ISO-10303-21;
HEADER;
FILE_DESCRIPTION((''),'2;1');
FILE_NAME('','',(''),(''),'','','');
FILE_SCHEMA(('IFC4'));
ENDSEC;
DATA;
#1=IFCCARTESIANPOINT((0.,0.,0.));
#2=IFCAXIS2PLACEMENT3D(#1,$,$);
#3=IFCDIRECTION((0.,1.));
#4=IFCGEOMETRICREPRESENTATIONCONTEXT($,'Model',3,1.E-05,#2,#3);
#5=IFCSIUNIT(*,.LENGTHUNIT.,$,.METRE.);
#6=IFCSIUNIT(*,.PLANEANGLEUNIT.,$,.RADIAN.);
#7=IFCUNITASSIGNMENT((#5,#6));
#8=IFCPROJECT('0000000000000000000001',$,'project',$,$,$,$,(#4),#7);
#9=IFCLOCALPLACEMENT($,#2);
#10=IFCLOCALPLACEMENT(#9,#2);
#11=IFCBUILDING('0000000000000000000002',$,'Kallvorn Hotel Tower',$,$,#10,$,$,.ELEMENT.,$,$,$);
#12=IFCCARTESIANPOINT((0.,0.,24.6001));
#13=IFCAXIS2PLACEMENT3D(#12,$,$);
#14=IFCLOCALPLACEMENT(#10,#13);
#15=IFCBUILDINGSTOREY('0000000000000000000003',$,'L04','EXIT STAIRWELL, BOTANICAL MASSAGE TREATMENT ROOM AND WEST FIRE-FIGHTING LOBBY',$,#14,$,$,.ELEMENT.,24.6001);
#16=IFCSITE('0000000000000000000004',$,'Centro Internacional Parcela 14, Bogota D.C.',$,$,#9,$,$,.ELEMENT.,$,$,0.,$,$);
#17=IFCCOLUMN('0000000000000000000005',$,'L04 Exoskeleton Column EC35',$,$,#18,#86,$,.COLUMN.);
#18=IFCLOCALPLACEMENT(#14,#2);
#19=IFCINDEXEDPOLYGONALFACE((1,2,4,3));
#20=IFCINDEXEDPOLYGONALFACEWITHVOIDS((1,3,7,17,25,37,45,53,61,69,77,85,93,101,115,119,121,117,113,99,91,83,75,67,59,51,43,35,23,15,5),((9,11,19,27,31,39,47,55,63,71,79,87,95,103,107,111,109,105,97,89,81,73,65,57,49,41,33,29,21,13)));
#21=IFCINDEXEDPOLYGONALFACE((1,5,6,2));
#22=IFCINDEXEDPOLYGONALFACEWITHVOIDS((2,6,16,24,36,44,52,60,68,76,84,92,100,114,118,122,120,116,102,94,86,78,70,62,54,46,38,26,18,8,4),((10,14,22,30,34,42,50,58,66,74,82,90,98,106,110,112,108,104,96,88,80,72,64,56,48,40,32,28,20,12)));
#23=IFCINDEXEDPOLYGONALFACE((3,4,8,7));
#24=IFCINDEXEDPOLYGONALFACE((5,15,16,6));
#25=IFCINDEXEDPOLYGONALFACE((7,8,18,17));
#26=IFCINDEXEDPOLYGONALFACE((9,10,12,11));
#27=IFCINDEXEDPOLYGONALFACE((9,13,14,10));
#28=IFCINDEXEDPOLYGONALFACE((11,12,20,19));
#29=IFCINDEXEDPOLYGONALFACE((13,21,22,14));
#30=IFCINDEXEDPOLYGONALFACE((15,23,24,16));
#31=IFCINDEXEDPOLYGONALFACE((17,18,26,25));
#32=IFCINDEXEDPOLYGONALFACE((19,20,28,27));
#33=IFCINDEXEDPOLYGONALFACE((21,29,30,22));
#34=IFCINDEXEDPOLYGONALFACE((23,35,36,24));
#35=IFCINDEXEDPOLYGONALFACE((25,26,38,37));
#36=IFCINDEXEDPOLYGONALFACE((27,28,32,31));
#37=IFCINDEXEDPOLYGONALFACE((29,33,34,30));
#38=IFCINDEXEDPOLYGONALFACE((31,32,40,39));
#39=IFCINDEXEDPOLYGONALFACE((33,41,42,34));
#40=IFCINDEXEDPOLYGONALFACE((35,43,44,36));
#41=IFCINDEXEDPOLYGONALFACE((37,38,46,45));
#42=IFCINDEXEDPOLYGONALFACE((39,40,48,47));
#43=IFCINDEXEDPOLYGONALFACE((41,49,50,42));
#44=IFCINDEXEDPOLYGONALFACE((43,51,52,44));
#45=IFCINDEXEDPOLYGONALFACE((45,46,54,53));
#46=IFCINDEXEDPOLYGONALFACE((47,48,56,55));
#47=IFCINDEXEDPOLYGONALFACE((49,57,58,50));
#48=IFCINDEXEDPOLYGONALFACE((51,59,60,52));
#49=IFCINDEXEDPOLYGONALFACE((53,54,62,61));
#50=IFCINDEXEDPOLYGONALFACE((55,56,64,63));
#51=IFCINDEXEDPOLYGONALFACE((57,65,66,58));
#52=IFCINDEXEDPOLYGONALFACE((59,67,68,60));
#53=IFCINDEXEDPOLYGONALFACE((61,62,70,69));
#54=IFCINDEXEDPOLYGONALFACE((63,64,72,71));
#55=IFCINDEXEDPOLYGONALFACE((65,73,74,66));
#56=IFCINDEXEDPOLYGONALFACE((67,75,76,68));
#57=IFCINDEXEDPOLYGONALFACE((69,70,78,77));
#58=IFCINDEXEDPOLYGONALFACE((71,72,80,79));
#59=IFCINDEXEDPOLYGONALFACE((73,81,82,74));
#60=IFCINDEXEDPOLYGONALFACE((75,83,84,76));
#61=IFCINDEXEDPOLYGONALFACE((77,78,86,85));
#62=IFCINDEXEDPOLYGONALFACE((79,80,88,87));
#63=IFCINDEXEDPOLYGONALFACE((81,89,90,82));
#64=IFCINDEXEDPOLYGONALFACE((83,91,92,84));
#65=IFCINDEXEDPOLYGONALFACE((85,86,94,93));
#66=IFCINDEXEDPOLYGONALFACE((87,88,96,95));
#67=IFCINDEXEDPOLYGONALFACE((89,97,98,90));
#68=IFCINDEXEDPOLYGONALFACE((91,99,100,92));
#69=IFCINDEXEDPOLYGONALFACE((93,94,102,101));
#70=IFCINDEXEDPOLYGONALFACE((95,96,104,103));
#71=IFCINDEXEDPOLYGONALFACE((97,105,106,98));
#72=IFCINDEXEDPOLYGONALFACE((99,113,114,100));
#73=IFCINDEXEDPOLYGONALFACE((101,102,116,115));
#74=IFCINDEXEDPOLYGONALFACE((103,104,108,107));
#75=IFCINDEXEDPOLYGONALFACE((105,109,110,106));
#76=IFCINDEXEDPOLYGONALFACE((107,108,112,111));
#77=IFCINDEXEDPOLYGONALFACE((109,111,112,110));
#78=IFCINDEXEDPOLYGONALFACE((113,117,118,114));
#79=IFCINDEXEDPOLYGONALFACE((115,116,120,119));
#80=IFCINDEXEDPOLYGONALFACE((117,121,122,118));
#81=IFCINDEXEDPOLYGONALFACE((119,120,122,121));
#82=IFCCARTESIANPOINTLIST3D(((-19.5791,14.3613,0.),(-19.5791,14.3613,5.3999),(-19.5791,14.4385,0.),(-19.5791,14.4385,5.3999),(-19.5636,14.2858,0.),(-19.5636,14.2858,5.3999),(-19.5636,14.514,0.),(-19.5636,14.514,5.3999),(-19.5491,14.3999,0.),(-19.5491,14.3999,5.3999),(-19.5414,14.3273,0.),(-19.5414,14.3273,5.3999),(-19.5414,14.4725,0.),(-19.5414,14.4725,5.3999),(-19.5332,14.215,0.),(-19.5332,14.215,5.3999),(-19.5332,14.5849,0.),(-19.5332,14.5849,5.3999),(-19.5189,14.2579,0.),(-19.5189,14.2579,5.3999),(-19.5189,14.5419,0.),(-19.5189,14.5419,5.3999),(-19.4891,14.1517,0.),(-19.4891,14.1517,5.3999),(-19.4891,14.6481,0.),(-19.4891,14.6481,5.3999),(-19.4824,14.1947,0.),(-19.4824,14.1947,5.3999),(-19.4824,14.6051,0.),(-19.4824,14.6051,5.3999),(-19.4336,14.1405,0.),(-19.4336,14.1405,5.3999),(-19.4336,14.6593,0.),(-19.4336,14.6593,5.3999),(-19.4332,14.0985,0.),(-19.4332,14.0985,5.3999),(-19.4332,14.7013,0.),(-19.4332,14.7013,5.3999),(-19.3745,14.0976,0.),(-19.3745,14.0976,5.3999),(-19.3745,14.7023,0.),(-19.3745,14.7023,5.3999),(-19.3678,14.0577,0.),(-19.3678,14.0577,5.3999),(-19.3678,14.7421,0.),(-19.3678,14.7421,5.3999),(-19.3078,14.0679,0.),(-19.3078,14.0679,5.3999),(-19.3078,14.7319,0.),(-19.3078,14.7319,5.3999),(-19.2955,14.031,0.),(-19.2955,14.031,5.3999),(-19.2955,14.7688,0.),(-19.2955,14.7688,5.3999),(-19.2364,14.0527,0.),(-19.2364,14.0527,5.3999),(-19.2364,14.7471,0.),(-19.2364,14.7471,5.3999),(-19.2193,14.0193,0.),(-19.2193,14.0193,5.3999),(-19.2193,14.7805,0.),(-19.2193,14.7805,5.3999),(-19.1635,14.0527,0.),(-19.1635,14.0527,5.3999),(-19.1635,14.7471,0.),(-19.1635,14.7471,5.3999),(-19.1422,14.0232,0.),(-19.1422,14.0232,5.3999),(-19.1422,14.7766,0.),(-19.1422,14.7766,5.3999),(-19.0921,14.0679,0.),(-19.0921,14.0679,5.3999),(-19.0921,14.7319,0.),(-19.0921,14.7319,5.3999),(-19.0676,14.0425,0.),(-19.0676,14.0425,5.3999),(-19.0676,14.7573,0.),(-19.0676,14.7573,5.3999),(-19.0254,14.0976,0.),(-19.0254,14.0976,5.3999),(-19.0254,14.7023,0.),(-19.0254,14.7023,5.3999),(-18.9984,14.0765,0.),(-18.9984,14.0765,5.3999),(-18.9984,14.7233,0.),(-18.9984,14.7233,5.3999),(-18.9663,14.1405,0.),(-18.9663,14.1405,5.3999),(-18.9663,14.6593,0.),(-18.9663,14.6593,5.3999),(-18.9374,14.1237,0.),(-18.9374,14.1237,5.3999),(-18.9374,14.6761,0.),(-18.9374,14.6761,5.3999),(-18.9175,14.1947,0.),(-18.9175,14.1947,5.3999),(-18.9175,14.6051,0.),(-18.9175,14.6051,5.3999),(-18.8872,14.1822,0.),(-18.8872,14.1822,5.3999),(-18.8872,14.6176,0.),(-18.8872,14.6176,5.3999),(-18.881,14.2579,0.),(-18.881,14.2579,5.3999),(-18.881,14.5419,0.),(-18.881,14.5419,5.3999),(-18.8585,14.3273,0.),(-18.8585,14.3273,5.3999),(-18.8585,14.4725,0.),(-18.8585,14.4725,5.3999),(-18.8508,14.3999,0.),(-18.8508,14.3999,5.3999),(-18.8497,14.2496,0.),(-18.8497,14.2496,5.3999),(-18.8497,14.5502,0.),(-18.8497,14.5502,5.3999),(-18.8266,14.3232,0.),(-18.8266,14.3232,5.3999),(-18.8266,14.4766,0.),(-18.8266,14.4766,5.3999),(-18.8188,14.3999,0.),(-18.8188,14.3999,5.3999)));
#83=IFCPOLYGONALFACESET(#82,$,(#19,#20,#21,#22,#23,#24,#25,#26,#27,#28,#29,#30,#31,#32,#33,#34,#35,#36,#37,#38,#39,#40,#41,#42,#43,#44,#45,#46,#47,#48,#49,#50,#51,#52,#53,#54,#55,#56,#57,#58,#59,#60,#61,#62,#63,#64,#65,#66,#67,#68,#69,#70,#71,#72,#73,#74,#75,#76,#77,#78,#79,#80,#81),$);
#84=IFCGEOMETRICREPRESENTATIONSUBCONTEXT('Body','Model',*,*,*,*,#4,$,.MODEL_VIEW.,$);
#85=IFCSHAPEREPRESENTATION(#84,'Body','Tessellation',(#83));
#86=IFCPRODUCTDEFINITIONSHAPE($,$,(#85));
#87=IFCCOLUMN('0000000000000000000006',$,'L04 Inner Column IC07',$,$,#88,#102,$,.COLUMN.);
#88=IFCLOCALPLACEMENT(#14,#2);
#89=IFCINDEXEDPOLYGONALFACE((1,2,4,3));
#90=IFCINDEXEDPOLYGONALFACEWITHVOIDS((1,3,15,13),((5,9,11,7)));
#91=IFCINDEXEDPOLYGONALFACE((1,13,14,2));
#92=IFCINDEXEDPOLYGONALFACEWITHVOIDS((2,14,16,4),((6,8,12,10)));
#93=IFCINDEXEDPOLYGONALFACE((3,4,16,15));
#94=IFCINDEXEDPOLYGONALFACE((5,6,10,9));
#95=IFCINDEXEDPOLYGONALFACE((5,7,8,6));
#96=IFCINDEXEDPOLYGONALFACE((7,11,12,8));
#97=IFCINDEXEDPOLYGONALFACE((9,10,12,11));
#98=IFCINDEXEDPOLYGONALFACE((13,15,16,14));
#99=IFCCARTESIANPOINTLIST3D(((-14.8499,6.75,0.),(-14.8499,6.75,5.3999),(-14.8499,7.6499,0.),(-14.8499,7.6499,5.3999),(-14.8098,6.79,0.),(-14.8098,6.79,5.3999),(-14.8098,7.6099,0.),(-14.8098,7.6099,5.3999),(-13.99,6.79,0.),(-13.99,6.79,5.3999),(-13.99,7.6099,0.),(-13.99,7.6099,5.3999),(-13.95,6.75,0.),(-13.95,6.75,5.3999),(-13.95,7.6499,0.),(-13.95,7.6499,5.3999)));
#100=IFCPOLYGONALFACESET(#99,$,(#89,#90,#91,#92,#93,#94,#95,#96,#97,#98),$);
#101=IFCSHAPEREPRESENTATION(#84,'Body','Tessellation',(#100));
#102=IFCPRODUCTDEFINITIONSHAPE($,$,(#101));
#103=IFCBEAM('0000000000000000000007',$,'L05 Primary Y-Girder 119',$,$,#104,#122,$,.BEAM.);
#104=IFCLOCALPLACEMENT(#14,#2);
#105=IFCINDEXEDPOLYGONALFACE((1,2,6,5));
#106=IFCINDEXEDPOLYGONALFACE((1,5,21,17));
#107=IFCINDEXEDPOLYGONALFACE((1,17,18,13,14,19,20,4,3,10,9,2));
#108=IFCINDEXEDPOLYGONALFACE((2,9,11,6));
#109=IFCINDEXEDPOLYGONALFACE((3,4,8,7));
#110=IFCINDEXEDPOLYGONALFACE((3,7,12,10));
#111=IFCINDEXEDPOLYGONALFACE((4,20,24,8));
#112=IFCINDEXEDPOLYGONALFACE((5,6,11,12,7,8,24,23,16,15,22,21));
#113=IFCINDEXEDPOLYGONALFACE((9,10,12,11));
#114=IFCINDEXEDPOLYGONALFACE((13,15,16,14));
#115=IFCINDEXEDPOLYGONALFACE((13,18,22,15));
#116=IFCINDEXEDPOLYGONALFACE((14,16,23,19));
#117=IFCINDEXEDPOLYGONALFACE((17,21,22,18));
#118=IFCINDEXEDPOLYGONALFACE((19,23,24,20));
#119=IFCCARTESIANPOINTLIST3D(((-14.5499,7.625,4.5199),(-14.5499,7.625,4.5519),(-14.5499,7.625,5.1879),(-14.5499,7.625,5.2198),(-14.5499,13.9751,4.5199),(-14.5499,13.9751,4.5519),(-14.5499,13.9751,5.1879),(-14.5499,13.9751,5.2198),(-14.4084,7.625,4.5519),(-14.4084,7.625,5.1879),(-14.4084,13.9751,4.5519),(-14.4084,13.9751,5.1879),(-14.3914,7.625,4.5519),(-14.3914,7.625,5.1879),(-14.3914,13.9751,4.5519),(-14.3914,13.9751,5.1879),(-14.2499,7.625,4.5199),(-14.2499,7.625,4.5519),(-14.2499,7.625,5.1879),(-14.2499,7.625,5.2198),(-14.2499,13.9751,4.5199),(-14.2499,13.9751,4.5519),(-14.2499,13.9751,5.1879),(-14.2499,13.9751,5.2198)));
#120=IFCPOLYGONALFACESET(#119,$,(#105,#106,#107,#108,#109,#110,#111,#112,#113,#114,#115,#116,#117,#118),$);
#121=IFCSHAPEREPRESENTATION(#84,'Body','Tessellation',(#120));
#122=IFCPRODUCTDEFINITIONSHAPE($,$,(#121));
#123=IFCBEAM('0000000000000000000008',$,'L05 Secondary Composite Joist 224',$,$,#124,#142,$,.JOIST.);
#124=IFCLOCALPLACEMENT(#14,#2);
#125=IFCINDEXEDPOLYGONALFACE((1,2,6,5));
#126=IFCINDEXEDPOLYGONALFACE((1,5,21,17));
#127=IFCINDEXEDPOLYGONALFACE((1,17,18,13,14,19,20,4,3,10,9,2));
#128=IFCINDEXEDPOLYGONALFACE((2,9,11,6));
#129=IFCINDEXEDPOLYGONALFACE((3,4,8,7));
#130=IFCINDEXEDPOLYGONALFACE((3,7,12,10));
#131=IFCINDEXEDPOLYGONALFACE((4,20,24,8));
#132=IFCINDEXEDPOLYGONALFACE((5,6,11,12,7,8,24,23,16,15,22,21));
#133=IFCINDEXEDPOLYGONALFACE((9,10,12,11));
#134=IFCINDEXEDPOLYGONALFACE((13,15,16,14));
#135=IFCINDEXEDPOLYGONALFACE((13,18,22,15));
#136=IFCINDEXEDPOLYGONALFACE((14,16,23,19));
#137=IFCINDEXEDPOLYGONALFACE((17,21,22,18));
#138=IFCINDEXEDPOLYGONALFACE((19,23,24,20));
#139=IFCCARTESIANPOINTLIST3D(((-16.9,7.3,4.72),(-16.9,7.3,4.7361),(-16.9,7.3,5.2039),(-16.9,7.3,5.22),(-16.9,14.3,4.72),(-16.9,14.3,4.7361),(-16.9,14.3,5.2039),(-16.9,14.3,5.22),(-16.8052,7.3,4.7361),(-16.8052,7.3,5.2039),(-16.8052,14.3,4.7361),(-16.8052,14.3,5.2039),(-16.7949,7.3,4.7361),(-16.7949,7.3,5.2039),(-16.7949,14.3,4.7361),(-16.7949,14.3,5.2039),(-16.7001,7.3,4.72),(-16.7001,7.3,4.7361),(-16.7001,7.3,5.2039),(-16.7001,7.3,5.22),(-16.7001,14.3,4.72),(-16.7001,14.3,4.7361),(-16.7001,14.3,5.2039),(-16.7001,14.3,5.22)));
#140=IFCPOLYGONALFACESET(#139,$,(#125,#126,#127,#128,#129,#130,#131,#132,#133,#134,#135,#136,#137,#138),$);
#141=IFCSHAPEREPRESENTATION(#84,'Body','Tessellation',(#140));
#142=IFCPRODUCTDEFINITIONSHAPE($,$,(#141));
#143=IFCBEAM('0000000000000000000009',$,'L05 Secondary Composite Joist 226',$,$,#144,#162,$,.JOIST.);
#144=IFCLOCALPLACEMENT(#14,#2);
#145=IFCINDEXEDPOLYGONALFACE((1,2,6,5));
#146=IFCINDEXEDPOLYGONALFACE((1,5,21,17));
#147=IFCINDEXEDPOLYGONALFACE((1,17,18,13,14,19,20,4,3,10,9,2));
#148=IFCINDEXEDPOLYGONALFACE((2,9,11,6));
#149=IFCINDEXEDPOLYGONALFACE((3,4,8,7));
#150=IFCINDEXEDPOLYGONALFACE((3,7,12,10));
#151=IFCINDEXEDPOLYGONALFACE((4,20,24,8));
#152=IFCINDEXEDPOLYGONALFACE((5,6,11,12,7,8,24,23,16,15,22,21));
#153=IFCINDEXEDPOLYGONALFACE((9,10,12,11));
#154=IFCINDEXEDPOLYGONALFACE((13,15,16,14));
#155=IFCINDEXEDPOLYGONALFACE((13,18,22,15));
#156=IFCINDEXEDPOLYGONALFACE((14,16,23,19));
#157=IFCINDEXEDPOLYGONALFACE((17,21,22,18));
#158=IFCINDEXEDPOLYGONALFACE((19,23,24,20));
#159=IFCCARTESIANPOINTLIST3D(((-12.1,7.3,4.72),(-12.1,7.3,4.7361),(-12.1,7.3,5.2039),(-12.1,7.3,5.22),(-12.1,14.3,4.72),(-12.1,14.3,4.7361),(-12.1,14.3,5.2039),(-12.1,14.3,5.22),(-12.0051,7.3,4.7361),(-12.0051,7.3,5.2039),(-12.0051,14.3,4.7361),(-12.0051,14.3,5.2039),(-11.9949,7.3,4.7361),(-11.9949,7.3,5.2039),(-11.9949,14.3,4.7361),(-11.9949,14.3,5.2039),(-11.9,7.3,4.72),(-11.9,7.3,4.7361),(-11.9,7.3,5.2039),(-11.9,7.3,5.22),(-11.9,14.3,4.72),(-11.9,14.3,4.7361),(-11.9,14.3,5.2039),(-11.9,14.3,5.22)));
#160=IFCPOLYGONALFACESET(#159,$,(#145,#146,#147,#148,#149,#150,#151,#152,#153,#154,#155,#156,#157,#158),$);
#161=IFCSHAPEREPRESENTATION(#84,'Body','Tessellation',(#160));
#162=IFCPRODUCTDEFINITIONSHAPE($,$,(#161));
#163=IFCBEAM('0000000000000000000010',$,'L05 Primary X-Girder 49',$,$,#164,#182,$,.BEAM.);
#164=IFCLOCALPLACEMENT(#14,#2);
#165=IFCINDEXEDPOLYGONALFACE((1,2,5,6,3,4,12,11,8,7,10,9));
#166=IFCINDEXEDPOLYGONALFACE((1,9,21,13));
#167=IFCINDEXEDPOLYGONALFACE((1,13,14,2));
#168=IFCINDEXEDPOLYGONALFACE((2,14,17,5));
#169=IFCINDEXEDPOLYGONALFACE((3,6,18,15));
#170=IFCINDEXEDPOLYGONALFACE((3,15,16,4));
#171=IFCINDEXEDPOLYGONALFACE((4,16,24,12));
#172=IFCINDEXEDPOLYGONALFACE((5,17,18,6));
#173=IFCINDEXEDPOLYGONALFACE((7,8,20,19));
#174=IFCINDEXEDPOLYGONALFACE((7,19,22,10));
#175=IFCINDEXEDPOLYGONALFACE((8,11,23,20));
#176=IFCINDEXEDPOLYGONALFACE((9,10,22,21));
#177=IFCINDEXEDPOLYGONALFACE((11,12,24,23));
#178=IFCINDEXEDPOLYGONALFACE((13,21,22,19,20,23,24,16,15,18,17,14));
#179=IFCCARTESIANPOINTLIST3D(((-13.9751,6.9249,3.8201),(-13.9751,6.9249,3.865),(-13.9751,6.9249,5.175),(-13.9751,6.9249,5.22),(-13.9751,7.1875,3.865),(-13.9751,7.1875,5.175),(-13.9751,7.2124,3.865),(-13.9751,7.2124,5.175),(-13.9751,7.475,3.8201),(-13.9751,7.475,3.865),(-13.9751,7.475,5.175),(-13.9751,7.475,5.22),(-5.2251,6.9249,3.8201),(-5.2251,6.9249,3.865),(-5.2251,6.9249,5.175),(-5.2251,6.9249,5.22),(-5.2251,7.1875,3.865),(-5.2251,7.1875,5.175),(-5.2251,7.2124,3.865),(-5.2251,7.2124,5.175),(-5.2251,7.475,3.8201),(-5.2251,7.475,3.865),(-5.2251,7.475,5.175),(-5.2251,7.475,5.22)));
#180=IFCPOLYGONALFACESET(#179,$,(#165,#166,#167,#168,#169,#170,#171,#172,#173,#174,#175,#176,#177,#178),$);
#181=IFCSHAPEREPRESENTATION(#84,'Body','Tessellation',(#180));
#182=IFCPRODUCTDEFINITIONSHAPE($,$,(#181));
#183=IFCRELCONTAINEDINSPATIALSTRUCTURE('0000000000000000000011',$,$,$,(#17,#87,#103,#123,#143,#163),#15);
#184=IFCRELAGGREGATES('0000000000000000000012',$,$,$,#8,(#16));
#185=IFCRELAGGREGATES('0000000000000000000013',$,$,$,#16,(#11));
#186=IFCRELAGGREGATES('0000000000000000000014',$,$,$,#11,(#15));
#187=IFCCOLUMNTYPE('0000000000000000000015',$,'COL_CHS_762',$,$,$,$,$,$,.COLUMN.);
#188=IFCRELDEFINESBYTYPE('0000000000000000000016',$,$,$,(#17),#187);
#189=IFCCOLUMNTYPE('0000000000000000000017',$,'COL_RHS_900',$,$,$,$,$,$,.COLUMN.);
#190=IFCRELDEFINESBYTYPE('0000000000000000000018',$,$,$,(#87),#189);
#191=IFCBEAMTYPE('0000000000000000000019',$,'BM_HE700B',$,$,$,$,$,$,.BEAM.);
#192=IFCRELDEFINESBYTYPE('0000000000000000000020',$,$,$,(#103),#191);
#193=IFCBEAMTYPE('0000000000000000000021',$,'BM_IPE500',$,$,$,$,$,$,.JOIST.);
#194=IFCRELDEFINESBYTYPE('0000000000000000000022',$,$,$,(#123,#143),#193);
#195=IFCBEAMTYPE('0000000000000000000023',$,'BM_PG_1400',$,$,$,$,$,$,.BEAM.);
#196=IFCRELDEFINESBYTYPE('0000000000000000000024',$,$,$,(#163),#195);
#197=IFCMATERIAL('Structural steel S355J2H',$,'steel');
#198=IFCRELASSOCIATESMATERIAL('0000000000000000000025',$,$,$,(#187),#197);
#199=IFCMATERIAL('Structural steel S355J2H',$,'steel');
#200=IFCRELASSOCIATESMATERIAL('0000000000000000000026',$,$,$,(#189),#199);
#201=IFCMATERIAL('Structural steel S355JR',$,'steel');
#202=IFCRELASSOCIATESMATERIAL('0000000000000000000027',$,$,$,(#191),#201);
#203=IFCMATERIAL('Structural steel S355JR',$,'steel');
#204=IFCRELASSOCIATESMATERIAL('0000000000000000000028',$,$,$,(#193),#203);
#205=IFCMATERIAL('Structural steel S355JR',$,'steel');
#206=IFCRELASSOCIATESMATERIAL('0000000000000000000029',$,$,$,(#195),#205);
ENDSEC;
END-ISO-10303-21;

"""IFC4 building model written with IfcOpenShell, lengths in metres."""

from ifc_helpers import new_model, si_unit, direction, frame, origin, origin_2d, place, context, subcontext, project, spatial, hollow_rectangle, hollow_circle, i_section, extrude, material, material_profile, profile_set, type_object, element, save


model = new_model("IFC4")

# Units and contexts
model_context = context("Model", 3, precision=1e-05, world=origin(), true_north=direction((0.0, 1.0)))
body_context = subcontext(model_context, "Body", "Model", "MODEL_VIEW")
ifc_project = project(units=[si_unit("LENGTHUNIT", "METRE"), si_unit("PLANEANGLEUNIT", "RADIAN")], contexts=[model_context])

# Site, building, storey
site_placement = place(None, origin())
site = spatial("IfcSite", under=ifc_project, at=site_placement, Name="Centro Internacional Parcela 14, Bogota D.C.", CompositionType="ELEMENT", RefElevation=0.0)
building_placement = place(site_placement, origin())
building = spatial("IfcBuilding", under=site, at=building_placement, Name="Kallvorn Hotel Tower", CompositionType="ELEMENT")
storey_placement = place(building_placement, frame((0.0, 0.0, 24.6001)))
storey = spatial("IfcBuildingStorey", under=building, at=storey_placement, Name="L04", Description="EXIT STAIRWELL, BOTANICAL MASSAGE TREATMENT ROOM AND WEST FIRE-FIGHTING LOBBY", CompositionType="ELEMENT", Elevation=24.6001)

# Columns
ifc_material_1 = material(Name="Structural steel S355J2H", Category="steel")
ifc_material_profile_1 = material_profile(ifc_material_1, hollow_circle(Radius=0.3811, WallThickness=0.032, at=origin_2d()), Name="CHS 762x32")
ifc_profile_set_1 = profile_set([ifc_material_profile_1], Name="Structural steel S355J2H")
column_type_1 = type_object("IfcColumnType", Name="COL_CHS_762", PredefinedType="COLUMN", material=ifc_profile_set_1)
column_1_placement = place(storey_placement, frame((-19.2, 14.3999, 0.0), z_axis=(0.0, 0.0, 1.0), x_axis=(1.0, 0.0, 0.0)))
element("IfcColumn", 1, at=column_1_placement, inside=storey, type_object=column_type_1, Name="L04 Exoskeleton Column EC35", PredefinedType="COLUMN", context=body_context, shape_type="SweptSolid", body=[
    extrude(hollow_circle(Radius=0.3811, WallThickness=0.032, at=origin_2d()), origin(), (0.0, 0.0, 1.0), 5.3999),
])
ifc_material_2 = material(Name="Structural steel S355J2H", Category="steel")
ifc_material_profile_2 = material_profile(ifc_material_2, hollow_rectangle(XDim=0.8999, YDim=0.8999, WallThickness=0.04, at=origin_2d()), Name="RHS 900x900x40")
ifc_profile_set_2 = profile_set([ifc_material_profile_2], Name="Structural steel S355J2H")
column_type_2 = type_object("IfcColumnType", Name="COL_RHS_900", PredefinedType="COLUMN", material=ifc_profile_set_2)
column_2_placement = place(storey_placement, frame((-14.3999, 7.2, 0.0), z_axis=(0.0, 0.0, 1.0), x_axis=(1.0, 0.0, 0.0)))
element("IfcColumn", 2, at=column_2_placement, inside=storey, type_object=column_type_2, Name="L04 Inner Column IC07", PredefinedType="COLUMN", context=body_context, shape_type="SweptSolid", body=[
    extrude(hollow_rectangle(XDim=0.8999, YDim=0.8999, WallThickness=0.04, at=origin_2d()), origin(), (0.0, 0.0, 1.0), 5.3999),
])

# Beams
ifc_material_3 = material(Name="Structural steel S355JR", Category="steel")
ifc_material_profile_3 = material_profile(ifc_material_3, i_section(OverallWidth=0.3, OverallDepth=0.7, WebThickness=0.0171, FlangeThickness=0.032, at=origin_2d()), Name="HE 700 B")
ifc_profile_set_3 = profile_set([ifc_material_profile_3], Name="Structural steel S355JR")
beam_type_1 = type_object("IfcBeamType", Name="BM_HE700B", PredefinedType="BEAM", material=ifc_profile_set_3)
beam_1_placement = place(storey_placement, frame((-14.3999, 7.625, 4.8699), z_axis=(0.0, 1.0, 0.0), x_axis=(-1.0, 0.0, 0.0)))
element("IfcBeam", 3, at=beam_1_placement, inside=storey, type_object=beam_type_1, Name="L05 Primary Y-Girder 119", PredefinedType="BEAM", context=body_context, shape_type="SweptSolid", body=[
    extrude(i_section(OverallWidth=0.3, OverallDepth=0.7, WebThickness=0.0171, FlangeThickness=0.032, at=origin_2d()), origin(), (0.0, 0.0, 1.0), 6.3501),
])
ifc_material_4 = material(Name="Structural steel S355JR", Category="steel")
ifc_material_profile_4 = material_profile(ifc_material_4, i_section(OverallWidth=0.2, OverallDepth=0.5, WebThickness=0.0103, FlangeThickness=0.0161, at=origin_2d()), Name="IPE 500")
ifc_profile_set_4 = profile_set([ifc_material_profile_4], Name="Structural steel S355JR")
beam_type_2 = type_object("IfcBeamType", Name="BM_IPE500", PredefinedType="JOIST", material=ifc_profile_set_4)
for number, where, z_axis, x_axis, name in (
    (4, (-16.8, 7.3, 4.97), (0.0, 1.0, 0.0), (-1.0, 0.0, 0.0), "L05 Secondary Composite Joist 224"),
    (5, (-12.0, 7.3, 4.97), (0.0, 1.0, 0.0), (-1.0, 0.0, 0.0), "L05 Secondary Composite Joist 226"),
):
    element("IfcBeam", number, at=place(storey_placement, frame(where, z_axis=z_axis, x_axis=x_axis)), inside=storey, type_object=beam_type_2, Name=name, PredefinedType="JOIST", context=body_context, shape_type="SweptSolid", body=[
        extrude(i_section(OverallWidth=0.2, OverallDepth=0.5, WebThickness=0.0103, FlangeThickness=0.0161, at=origin_2d()), origin(), (0.0, 0.0, 1.0), 7.0),
    ])
ifc_material_5 = material(Name="Structural steel S355JR", Category="steel")
ifc_material_profile_5 = material_profile(ifc_material_5, i_section(OverallWidth=0.55, OverallDepth=1.3999, WebThickness=0.0249, FlangeThickness=0.0449, at=origin_2d()), Name="PG 1400x550x25x45")
ifc_profile_set_5 = profile_set([ifc_material_profile_5], Name="Structural steel S355JR")
beam_type_3 = type_object("IfcBeamType", Name="BM_PG_1400", PredefinedType="BEAM", material=ifc_profile_set_5)
beam_2_placement = place(storey_placement, frame((-13.9751, 7.2, 4.52), z_axis=(1.0, 0.0, 0.0), x_axis=(0.0, 1.0, 0.0)))
element("IfcBeam", 6, at=beam_2_placement, inside=storey, type_object=beam_type_3, Name="L05 Primary X-Girder 49", PredefinedType="BEAM", context=body_context, shape_type="SweptSolid", body=[
    extrude(i_section(OverallWidth=0.55, OverallDepth=1.3999, WebThickness=0.0249, FlangeThickness=0.0449, at=origin_2d()), origin(), (0.0, 0.0, 1.0), 8.75),
])

save(model, "model.ifc")
